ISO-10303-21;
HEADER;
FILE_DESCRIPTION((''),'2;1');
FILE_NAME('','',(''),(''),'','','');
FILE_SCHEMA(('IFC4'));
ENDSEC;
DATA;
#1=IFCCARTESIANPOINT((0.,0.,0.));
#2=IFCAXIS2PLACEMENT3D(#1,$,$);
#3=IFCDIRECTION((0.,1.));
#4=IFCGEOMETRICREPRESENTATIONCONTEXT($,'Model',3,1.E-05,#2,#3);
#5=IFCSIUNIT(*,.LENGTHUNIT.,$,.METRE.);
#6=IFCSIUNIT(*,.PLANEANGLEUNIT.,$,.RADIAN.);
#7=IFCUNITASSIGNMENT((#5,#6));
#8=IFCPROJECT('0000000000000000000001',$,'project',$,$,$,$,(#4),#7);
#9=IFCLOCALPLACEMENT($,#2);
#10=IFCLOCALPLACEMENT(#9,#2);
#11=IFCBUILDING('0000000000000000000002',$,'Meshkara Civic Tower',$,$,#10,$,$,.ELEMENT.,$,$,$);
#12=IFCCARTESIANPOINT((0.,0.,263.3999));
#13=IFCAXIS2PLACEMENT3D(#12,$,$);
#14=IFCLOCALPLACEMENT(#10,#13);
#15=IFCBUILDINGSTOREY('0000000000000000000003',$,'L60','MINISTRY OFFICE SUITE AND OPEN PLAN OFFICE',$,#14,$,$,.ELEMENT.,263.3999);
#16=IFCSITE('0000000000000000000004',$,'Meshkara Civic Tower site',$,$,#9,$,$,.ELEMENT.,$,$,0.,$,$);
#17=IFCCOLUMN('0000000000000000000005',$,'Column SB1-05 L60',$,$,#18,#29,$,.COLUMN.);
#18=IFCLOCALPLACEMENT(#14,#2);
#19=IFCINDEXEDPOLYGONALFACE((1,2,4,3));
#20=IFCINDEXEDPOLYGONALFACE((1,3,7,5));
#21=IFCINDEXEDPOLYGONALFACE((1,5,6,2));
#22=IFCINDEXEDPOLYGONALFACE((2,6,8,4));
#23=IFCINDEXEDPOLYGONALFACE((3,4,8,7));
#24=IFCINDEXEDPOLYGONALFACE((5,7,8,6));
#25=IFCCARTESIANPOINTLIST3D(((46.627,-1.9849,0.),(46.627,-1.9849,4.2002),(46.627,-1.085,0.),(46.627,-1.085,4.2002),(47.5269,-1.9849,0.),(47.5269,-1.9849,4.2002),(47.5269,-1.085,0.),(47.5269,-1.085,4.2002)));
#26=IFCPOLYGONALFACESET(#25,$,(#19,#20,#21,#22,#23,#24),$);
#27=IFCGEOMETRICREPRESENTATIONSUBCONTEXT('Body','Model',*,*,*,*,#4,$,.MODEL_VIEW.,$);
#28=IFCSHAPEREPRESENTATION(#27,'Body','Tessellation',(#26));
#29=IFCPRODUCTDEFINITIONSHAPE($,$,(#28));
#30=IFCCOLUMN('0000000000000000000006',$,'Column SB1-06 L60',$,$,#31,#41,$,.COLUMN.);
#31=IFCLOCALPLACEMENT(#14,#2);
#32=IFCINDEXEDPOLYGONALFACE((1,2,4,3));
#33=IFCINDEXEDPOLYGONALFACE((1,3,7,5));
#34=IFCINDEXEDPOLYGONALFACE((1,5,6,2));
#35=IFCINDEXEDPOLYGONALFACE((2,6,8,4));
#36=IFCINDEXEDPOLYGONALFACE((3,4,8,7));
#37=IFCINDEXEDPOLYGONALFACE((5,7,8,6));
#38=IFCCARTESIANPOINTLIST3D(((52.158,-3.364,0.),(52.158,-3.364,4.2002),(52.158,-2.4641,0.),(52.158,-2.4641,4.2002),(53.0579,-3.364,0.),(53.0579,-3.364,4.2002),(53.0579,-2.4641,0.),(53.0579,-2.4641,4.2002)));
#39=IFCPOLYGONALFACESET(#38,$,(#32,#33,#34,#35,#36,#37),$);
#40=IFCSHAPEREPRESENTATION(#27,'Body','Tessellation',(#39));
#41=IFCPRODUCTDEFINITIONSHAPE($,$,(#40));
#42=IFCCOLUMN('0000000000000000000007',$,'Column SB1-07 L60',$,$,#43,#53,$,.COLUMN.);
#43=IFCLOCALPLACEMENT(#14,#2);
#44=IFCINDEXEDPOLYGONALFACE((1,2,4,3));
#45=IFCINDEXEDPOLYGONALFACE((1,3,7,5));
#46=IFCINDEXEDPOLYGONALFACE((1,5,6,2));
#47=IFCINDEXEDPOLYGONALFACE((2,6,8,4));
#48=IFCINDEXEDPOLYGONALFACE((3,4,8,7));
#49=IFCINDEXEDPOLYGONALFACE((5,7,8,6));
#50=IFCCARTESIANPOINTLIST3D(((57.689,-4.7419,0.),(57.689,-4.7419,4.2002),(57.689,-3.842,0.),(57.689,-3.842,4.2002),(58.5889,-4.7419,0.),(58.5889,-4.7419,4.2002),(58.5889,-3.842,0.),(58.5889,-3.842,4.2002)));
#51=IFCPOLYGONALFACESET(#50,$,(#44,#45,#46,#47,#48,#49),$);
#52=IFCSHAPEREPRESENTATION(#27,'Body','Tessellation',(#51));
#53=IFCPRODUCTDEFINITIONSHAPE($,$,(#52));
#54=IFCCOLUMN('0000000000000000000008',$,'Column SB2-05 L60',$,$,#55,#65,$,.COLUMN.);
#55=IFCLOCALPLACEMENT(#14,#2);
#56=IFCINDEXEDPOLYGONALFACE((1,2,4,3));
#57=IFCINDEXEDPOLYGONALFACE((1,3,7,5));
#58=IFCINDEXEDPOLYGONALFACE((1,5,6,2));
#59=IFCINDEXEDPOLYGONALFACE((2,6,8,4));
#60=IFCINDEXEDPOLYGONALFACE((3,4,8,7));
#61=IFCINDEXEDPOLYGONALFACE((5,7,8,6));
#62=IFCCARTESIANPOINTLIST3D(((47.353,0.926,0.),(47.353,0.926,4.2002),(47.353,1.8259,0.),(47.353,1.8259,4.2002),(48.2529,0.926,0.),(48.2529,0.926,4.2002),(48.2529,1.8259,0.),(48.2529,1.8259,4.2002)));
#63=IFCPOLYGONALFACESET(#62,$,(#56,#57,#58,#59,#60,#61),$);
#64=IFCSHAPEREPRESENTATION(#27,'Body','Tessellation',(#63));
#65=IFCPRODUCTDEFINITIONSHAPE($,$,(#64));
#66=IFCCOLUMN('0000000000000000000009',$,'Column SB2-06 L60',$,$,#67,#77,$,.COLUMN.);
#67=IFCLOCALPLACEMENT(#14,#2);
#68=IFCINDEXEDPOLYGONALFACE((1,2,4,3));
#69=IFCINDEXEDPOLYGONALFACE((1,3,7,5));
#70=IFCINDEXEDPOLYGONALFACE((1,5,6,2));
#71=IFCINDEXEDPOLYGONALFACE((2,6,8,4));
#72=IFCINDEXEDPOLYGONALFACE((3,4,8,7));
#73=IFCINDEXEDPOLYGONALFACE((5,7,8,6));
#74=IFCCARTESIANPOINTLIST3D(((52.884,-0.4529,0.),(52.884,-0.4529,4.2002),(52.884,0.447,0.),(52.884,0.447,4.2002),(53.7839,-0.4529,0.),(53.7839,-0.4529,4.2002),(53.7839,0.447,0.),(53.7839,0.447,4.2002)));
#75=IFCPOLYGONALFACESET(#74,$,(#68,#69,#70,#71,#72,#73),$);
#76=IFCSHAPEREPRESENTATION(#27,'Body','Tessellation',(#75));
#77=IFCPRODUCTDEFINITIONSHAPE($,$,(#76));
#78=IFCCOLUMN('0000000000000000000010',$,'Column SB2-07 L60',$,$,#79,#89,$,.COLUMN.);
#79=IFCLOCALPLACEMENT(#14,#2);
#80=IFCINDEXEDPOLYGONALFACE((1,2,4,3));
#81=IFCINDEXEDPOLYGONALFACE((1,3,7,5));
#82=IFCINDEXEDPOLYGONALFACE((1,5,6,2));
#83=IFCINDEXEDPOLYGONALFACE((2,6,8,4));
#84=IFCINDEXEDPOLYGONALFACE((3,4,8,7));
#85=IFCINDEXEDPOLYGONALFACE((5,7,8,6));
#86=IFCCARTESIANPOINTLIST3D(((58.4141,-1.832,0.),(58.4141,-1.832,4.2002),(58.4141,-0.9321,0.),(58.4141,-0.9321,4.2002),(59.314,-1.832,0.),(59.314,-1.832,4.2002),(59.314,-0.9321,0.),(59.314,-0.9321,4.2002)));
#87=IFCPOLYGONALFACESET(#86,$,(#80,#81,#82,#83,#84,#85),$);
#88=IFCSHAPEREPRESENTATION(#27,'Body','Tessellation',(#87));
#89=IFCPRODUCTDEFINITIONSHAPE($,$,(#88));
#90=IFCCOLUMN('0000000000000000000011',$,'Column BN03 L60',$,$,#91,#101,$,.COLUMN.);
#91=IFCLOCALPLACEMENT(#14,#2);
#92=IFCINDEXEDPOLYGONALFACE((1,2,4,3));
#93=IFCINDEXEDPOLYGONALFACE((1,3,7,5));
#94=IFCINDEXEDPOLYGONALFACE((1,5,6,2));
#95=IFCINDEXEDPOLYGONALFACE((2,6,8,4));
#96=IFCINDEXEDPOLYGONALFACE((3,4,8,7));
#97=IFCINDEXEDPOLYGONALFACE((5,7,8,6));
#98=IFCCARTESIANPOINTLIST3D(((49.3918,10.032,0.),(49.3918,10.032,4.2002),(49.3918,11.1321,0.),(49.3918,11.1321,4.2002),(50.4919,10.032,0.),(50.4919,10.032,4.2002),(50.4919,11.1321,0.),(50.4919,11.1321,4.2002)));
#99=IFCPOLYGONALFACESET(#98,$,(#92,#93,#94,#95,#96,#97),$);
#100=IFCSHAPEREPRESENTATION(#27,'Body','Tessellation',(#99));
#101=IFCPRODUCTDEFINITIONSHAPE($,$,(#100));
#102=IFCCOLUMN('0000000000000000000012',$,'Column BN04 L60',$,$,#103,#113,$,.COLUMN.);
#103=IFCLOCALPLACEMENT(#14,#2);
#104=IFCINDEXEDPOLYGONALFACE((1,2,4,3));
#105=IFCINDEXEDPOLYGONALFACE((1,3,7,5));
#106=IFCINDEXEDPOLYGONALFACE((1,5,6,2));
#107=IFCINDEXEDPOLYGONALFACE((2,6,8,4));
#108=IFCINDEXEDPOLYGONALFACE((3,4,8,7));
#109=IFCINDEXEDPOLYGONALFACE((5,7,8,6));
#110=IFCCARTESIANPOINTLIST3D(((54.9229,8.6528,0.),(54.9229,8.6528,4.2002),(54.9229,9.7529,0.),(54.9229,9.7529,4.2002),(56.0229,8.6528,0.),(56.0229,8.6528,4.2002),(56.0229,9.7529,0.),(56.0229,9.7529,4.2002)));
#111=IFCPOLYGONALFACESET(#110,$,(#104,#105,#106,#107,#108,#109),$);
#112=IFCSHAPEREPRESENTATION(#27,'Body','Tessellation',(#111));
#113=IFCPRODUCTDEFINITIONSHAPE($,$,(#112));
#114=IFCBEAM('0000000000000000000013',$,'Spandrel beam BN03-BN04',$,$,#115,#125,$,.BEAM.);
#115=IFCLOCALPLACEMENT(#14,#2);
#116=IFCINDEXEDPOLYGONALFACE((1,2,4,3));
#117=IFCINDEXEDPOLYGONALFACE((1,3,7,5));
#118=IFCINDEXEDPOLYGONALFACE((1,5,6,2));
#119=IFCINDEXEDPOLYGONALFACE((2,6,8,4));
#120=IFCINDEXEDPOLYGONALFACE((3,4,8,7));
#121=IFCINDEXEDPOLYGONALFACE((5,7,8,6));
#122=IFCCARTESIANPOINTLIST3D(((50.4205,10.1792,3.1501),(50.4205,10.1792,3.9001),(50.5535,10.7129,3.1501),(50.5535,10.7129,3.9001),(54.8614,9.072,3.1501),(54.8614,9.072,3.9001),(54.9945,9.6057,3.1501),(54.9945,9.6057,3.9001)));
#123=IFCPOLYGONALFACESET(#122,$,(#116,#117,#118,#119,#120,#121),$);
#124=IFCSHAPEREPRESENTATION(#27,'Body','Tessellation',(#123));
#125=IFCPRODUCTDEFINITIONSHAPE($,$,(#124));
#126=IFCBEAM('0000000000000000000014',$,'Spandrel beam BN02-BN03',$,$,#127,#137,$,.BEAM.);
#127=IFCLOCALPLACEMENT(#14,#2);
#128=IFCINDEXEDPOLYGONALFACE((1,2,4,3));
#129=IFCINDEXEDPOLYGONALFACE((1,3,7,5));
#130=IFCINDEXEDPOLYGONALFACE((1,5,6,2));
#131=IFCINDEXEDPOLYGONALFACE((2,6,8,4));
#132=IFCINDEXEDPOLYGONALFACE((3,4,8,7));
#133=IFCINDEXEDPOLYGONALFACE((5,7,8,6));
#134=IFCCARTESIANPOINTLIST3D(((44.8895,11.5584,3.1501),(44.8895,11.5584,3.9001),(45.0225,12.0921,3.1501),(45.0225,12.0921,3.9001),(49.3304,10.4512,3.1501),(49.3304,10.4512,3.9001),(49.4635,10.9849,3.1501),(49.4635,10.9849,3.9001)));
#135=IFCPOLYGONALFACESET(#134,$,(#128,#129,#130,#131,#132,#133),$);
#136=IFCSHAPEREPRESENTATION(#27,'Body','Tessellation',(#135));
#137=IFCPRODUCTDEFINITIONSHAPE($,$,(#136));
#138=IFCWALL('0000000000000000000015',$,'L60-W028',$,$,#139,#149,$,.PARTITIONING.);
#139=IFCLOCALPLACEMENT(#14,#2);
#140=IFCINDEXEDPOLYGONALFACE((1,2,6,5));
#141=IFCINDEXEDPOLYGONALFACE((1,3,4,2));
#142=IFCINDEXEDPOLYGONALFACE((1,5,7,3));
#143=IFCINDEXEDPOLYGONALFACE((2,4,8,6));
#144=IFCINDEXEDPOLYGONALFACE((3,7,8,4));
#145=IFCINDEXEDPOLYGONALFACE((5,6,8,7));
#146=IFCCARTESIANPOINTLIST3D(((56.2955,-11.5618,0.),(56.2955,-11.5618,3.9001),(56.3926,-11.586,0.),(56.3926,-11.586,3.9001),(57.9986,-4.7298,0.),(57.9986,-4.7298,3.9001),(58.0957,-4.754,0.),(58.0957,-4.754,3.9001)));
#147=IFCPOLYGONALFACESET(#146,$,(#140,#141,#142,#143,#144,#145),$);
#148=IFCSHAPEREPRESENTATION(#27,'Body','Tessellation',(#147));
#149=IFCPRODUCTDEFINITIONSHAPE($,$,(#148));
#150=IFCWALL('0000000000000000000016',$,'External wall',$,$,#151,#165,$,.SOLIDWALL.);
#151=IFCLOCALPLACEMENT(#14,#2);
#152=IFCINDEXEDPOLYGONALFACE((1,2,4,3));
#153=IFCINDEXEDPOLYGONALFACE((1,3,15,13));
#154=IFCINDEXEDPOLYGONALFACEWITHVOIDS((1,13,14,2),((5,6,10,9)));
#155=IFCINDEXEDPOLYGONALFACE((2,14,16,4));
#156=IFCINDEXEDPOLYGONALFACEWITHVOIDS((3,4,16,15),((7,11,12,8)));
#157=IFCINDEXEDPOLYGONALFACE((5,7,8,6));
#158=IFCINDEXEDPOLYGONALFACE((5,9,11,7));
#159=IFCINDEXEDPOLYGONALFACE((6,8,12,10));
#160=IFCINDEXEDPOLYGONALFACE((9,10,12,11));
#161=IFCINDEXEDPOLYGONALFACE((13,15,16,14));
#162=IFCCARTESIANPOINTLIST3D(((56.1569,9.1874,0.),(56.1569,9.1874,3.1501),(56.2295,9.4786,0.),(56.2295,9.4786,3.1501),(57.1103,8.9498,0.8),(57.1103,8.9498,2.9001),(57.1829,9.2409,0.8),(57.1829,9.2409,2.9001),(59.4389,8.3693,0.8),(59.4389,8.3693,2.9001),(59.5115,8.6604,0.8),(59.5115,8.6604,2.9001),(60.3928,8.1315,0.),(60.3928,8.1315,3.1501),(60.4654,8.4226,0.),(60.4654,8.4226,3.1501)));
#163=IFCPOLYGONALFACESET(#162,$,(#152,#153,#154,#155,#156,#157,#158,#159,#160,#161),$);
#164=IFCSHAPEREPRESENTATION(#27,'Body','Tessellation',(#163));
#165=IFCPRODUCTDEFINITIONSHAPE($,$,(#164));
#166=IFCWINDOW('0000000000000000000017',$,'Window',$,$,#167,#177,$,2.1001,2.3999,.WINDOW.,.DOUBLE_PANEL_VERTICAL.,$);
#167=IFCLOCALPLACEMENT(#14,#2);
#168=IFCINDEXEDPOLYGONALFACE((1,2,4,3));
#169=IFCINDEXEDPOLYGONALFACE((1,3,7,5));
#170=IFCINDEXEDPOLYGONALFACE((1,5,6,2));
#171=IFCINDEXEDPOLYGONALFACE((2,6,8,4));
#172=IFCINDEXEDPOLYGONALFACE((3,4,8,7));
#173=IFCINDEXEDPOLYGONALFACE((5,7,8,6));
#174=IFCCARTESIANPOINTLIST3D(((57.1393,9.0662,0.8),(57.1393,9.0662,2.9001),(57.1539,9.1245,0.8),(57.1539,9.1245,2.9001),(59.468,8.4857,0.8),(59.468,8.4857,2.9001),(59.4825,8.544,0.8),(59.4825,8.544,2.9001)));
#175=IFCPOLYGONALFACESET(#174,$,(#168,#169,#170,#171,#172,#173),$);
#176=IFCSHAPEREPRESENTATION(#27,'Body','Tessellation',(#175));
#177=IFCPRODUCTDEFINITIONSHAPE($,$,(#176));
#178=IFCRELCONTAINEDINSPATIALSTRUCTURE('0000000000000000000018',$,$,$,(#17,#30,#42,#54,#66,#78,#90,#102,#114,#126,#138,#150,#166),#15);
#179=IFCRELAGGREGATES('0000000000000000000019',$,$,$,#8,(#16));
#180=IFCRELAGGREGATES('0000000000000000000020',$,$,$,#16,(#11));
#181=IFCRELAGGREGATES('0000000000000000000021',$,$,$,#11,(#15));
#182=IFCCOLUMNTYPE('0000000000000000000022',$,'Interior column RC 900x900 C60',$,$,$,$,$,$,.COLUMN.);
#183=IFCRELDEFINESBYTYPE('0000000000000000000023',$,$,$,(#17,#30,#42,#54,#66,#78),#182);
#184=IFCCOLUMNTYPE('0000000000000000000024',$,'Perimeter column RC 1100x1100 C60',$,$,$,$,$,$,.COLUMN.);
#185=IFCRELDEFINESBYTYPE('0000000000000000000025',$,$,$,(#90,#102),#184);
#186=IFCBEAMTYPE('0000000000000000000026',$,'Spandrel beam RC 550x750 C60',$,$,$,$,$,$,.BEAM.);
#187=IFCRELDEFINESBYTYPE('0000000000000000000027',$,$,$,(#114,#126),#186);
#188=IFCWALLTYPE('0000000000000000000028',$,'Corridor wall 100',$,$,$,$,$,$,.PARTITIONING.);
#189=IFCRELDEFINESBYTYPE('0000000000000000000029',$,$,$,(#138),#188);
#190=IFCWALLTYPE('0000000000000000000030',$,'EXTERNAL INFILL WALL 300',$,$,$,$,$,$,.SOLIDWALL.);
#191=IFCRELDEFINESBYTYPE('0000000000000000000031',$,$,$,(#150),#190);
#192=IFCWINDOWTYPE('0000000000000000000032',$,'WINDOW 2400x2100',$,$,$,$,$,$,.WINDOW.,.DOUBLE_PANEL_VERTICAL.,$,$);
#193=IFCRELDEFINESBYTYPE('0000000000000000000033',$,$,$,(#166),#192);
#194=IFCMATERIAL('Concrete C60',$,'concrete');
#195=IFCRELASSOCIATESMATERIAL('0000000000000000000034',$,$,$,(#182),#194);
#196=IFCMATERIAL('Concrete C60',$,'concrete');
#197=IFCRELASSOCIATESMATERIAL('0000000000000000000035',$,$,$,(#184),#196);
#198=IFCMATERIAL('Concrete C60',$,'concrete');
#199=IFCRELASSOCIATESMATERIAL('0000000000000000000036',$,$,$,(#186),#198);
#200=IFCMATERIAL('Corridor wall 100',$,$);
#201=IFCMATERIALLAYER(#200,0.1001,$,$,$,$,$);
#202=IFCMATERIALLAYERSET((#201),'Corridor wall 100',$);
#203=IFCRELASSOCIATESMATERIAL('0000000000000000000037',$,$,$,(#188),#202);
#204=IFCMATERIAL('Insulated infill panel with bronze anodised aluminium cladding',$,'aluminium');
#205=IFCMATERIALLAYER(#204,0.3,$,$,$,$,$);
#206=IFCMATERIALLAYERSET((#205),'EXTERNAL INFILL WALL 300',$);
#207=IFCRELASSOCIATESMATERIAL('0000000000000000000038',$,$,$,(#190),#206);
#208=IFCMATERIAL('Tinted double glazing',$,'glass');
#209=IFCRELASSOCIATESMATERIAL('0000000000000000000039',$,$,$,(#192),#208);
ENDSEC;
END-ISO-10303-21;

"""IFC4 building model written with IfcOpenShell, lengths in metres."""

from ifc_helpers import new_model, si_unit, direction, frame, frame_2d, origin, origin_2d, place, context, subcontext, project, spatial, rectangle, extrude, material, layer, layer_set, material_profile, profile_set, type_object, element, fill, save


model = new_model("IFC4")

# Units and contexts
model_context = context("Model", 3, precision=1e-05, world=origin(), true_north=direction((0.0, 1.0)))
body_context = subcontext(model_context, "Body", "Model", "MODEL_VIEW")
ifc_project = project(units=[si_unit("LENGTHUNIT", "METRE"), si_unit("PLANEANGLEUNIT", "RADIAN")], contexts=[model_context])

# Site, building, storey
site_placement = place(None, origin())
site = spatial("IfcSite", under=ifc_project, at=site_placement, Name="Meshkara Civic Tower site", CompositionType="ELEMENT", RefElevation=0.0)
building_placement = place(site_placement, origin())
building = spatial("IfcBuilding", under=site, at=building_placement, Name="Meshkara Civic Tower", CompositionType="ELEMENT")
storey_placement = place(building_placement, frame((0.0, 0.0, 263.3999)))
storey = spatial("IfcBuildingStorey", under=building, at=storey_placement, Name="L60", Description="MINISTRY OFFICE SUITE AND OPEN PLAN OFFICE", CompositionType="ELEMENT", Elevation=263.3999)

# Columns
ifc_material_1 = material(Name="Concrete C60", Category="concrete")
ifc_material_profile_1 = material_profile(ifc_material_1, rectangle(XDim=0.8999, YDim=0.8999, at=origin_2d()))
ifc_profile_set_1 = profile_set([ifc_material_profile_1], Name="Concrete C60")
column_type_1 = type_object("IfcColumnType", Name="Interior column RC 900x900 C60", PredefinedType="COLUMN", material=ifc_profile_set_1)
for number, where, z_axis, x_axis, name in (
    (1, (47.0769, -1.5349, 0.0), (0.0, 0.0, 1.0), (1.0, 0.0, 0.0), "Column SB1-05 L60"),
    (2, (52.6079, -2.9141, 0.0), (0.0, 0.0, 1.0), (1.0, 0.0, 0.0), "Column SB1-06 L60"),
    (3, (58.1389, -4.292, 0.0), (0.0, 0.0, 1.0), (1.0, 0.0, 0.0), "Column SB1-07 L60"),
    (4, (47.803, 1.376, 0.0), (0.0, 0.0, 1.0), (1.0, 0.0, 0.0), "Column SB2-05 L60"),
    (5, (53.334, -0.0029, 0.0), (0.0, 0.0, 1.0), (1.0, 0.0, 0.0), "Column SB2-06 L60"),
    (6, (58.864, -1.3821, 0.0), (0.0, 0.0, 1.0), (1.0, 0.0, 0.0), "Column SB2-07 L60"),
):
    element("IfcColumn", number, at=place(storey_placement, frame(where, z_axis=z_axis, x_axis=x_axis)), inside=storey, type_object=column_type_1, Name=name, PredefinedType="COLUMN", context=body_context, shape_type="SweptSolid", body=[
        extrude(rectangle(XDim=0.8999, YDim=0.8999, at=origin_2d()), origin(), (0.0, 0.0, 1.0), 4.2002),
    ])
ifc_material_2 = material(Name="Concrete C60", Category="concrete")
ifc_material_profile_2 = material_profile(ifc_material_2, rectangle(XDim=1.1001, YDim=1.1001, at=origin_2d()))
ifc_profile_set_2 = profile_set([ifc_material_profile_2], Name="Concrete C60")
column_type_2 = type_object("IfcColumnType", Name="Perimeter column RC 1100x1100 C60", PredefinedType="COLUMN", material=ifc_profile_set_2)
for number, where, z_axis, x_axis, name in (
    (7, (49.9419, 10.582, 0.0), (0.0, 0.0, 1.0), (1.0, 0.0, 0.0), "Column BN03 L60"),
    (8, (55.4729, 9.2029, 0.0), (0.0, 0.0, 1.0), (1.0, 0.0, 0.0), "Column BN04 L60"),
):
    element("IfcColumn", number, at=place(storey_placement, frame(where, z_axis=z_axis, x_axis=x_axis)), inside=storey, type_object=column_type_2, Name=name, PredefinedType="COLUMN", context=body_context, shape_type="SweptSolid", body=[
        extrude(rectangle(XDim=1.1001, YDim=1.1001, at=origin_2d()), origin(), (0.0, 0.0, 1.0), 4.2002),
    ])

# Beams
ifc_material_3 = material(Name="Concrete C60", Category="concrete")
ifc_material_profile_3 = material_profile(ifc_material_3, rectangle(XDim=0.55, YDim=0.75, at=origin_2d()))
ifc_profile_set_3 = profile_set([ifc_material_profile_3], Name="Concrete C60")
beam_type = type_object("IfcBeamType", Name="Spandrel beam RC 550x750 C60", PredefinedType="BEAM", material=ifc_profile_set_3)
for number, where, z_axis, x_axis, name in (
    (9, (54.928, 9.3389, 3.5251), (-0.970299, 0.241908, 0.0), (-0.241908, -0.970299, 0.0), "Spandrel beam BN03-BN04"),
    (10, (49.397, 10.718, 3.5251), (-0.970299, 0.241908, 0.0), (-0.241908, -0.970299, 0.0), "Spandrel beam BN02-BN03"),
):
    element("IfcBeam", number, at=place(storey_placement, frame(where, z_axis=z_axis, x_axis=x_axis)), inside=storey, type_object=beam_type, Name=name, PredefinedType="BEAM", context=body_context, shape_type="SweptSolid", body=[
        extrude(rectangle(XDim=0.55, YDim=0.75, at=origin_2d()), origin(), (0.0, 0.0, 1.0), 4.5769),
    ])

# Wall
ifc_material_4 = material(Name="Corridor wall 100")
ifc_layer_1 = layer(ifc_material_4, 0.1001)
ifc_layer_set_1 = layer_set([ifc_layer_1], Name="Corridor wall 100")
wall_type_1 = type_object("IfcWallType", Name="Corridor wall 100", PredefinedType="PARTITIONING", material=ifc_layer_set_1)
wall_1_placement = place(storey_placement, frame((58.0471, -4.7419, 0.0), z_axis=(0.0, 0.0, 1.0), x_axis=(-0.241883, -0.970305, 0.0)))
element("IfcWall", 11, at=wall_1_placement, inside=storey, type_object=wall_type_1, Name="L60-W028", PredefinedType="PARTITIONING", context=body_context, shape_type="SweptSolid", body=[
    extrude(rectangle(XDim=7.041, YDim=0.1001, at=frame_2d((3.5205, 0.0))), origin(), (0.0, 0.0, 1.0), 3.9001),
])

# Wall, opening, window
ifc_material_5 = material(Name="Insulated infill panel with bronze anodised aluminium cladding", Category="aluminium")
ifc_layer_2 = layer(ifc_material_5, 0.3)
ifc_layer_set_2 = layer_set([ifc_layer_2], Name="EXTERNAL INFILL WALL 300")
wall_type_2 = type_object("IfcWallType", Name="EXTERNAL INFILL WALL 300", PredefinedType="SOLIDWALL", material=ifc_layer_set_2)
wall_2_placement = place(storey_placement, frame((60.429, 8.2771, 0.0), z_axis=(0.0, 0.0, 1.0), x_axis=(-0.970307, 0.241878, 0.0)))
wall_2 = element("IfcWall", 12, at=wall_2_placement, inside=storey, type_object=wall_type_2, Name="External wall", PredefinedType="SOLIDWALL", context=body_context, shape_type="SweptSolid", body=[
    extrude(rectangle(XDim=4.3655, YDim=0.3, at=frame_2d((2.1826, 0.0))), origin(), (0.0, 0.0, 1.0), 3.1501),
])
opening_1_placement = place(wall_2_placement, frame((0.9829, 0.0, 0.8)))
opening_1 = element("IfcOpeningElement", 13, at=opening_1_placement, cuts=wall_2, PredefinedType="OPENING", context=body_context, shape_type="SweptSolid", body=[
    extrude(rectangle(XDim=2.3999, YDim=2.1001, at=frame_2d((1.2, 1.05))), frame((0.0, 0.1599, 0.0), z_axis=(0.0, -1.0, 0.0), x_axis=(1.0, 0.0, 0.0)), (0.0, 0.0, 1.0), 0.3201),
])
ifc_material_6 = material(Name="Tinted double glazing", Category="glass")
window_type = type_object("IfcWindowType", Name="WINDOW 2400x2100", PartitioningType="DOUBLE_PANEL_VERTICAL", PredefinedType="WINDOW", material=ifc_material_6)
window_1_placement = place(opening_1_placement, origin())
window_1 = element("IfcWindow", 14, at=window_1_placement, inside=storey, type_object=window_type, Name="Window", OverallHeight=2.1001, OverallWidth=2.3999, PartitioningType="DOUBLE_PANEL_VERTICAL", PredefinedType="WINDOW", context=body_context, shape_type="SweptSolid", body=[
    extrude(rectangle(XDim=2.3999, YDim=2.1001, at=frame_2d((1.2, 1.05))), frame((0.0, 0.03, 0.0), z_axis=(0.0, -1.0, 0.0), x_axis=(1.0, 0.0, 0.0)), (0.0, 0.0, 1.0), 0.0601),
])
fill(opening_1, window_1)

save(model, "model.ifc")
